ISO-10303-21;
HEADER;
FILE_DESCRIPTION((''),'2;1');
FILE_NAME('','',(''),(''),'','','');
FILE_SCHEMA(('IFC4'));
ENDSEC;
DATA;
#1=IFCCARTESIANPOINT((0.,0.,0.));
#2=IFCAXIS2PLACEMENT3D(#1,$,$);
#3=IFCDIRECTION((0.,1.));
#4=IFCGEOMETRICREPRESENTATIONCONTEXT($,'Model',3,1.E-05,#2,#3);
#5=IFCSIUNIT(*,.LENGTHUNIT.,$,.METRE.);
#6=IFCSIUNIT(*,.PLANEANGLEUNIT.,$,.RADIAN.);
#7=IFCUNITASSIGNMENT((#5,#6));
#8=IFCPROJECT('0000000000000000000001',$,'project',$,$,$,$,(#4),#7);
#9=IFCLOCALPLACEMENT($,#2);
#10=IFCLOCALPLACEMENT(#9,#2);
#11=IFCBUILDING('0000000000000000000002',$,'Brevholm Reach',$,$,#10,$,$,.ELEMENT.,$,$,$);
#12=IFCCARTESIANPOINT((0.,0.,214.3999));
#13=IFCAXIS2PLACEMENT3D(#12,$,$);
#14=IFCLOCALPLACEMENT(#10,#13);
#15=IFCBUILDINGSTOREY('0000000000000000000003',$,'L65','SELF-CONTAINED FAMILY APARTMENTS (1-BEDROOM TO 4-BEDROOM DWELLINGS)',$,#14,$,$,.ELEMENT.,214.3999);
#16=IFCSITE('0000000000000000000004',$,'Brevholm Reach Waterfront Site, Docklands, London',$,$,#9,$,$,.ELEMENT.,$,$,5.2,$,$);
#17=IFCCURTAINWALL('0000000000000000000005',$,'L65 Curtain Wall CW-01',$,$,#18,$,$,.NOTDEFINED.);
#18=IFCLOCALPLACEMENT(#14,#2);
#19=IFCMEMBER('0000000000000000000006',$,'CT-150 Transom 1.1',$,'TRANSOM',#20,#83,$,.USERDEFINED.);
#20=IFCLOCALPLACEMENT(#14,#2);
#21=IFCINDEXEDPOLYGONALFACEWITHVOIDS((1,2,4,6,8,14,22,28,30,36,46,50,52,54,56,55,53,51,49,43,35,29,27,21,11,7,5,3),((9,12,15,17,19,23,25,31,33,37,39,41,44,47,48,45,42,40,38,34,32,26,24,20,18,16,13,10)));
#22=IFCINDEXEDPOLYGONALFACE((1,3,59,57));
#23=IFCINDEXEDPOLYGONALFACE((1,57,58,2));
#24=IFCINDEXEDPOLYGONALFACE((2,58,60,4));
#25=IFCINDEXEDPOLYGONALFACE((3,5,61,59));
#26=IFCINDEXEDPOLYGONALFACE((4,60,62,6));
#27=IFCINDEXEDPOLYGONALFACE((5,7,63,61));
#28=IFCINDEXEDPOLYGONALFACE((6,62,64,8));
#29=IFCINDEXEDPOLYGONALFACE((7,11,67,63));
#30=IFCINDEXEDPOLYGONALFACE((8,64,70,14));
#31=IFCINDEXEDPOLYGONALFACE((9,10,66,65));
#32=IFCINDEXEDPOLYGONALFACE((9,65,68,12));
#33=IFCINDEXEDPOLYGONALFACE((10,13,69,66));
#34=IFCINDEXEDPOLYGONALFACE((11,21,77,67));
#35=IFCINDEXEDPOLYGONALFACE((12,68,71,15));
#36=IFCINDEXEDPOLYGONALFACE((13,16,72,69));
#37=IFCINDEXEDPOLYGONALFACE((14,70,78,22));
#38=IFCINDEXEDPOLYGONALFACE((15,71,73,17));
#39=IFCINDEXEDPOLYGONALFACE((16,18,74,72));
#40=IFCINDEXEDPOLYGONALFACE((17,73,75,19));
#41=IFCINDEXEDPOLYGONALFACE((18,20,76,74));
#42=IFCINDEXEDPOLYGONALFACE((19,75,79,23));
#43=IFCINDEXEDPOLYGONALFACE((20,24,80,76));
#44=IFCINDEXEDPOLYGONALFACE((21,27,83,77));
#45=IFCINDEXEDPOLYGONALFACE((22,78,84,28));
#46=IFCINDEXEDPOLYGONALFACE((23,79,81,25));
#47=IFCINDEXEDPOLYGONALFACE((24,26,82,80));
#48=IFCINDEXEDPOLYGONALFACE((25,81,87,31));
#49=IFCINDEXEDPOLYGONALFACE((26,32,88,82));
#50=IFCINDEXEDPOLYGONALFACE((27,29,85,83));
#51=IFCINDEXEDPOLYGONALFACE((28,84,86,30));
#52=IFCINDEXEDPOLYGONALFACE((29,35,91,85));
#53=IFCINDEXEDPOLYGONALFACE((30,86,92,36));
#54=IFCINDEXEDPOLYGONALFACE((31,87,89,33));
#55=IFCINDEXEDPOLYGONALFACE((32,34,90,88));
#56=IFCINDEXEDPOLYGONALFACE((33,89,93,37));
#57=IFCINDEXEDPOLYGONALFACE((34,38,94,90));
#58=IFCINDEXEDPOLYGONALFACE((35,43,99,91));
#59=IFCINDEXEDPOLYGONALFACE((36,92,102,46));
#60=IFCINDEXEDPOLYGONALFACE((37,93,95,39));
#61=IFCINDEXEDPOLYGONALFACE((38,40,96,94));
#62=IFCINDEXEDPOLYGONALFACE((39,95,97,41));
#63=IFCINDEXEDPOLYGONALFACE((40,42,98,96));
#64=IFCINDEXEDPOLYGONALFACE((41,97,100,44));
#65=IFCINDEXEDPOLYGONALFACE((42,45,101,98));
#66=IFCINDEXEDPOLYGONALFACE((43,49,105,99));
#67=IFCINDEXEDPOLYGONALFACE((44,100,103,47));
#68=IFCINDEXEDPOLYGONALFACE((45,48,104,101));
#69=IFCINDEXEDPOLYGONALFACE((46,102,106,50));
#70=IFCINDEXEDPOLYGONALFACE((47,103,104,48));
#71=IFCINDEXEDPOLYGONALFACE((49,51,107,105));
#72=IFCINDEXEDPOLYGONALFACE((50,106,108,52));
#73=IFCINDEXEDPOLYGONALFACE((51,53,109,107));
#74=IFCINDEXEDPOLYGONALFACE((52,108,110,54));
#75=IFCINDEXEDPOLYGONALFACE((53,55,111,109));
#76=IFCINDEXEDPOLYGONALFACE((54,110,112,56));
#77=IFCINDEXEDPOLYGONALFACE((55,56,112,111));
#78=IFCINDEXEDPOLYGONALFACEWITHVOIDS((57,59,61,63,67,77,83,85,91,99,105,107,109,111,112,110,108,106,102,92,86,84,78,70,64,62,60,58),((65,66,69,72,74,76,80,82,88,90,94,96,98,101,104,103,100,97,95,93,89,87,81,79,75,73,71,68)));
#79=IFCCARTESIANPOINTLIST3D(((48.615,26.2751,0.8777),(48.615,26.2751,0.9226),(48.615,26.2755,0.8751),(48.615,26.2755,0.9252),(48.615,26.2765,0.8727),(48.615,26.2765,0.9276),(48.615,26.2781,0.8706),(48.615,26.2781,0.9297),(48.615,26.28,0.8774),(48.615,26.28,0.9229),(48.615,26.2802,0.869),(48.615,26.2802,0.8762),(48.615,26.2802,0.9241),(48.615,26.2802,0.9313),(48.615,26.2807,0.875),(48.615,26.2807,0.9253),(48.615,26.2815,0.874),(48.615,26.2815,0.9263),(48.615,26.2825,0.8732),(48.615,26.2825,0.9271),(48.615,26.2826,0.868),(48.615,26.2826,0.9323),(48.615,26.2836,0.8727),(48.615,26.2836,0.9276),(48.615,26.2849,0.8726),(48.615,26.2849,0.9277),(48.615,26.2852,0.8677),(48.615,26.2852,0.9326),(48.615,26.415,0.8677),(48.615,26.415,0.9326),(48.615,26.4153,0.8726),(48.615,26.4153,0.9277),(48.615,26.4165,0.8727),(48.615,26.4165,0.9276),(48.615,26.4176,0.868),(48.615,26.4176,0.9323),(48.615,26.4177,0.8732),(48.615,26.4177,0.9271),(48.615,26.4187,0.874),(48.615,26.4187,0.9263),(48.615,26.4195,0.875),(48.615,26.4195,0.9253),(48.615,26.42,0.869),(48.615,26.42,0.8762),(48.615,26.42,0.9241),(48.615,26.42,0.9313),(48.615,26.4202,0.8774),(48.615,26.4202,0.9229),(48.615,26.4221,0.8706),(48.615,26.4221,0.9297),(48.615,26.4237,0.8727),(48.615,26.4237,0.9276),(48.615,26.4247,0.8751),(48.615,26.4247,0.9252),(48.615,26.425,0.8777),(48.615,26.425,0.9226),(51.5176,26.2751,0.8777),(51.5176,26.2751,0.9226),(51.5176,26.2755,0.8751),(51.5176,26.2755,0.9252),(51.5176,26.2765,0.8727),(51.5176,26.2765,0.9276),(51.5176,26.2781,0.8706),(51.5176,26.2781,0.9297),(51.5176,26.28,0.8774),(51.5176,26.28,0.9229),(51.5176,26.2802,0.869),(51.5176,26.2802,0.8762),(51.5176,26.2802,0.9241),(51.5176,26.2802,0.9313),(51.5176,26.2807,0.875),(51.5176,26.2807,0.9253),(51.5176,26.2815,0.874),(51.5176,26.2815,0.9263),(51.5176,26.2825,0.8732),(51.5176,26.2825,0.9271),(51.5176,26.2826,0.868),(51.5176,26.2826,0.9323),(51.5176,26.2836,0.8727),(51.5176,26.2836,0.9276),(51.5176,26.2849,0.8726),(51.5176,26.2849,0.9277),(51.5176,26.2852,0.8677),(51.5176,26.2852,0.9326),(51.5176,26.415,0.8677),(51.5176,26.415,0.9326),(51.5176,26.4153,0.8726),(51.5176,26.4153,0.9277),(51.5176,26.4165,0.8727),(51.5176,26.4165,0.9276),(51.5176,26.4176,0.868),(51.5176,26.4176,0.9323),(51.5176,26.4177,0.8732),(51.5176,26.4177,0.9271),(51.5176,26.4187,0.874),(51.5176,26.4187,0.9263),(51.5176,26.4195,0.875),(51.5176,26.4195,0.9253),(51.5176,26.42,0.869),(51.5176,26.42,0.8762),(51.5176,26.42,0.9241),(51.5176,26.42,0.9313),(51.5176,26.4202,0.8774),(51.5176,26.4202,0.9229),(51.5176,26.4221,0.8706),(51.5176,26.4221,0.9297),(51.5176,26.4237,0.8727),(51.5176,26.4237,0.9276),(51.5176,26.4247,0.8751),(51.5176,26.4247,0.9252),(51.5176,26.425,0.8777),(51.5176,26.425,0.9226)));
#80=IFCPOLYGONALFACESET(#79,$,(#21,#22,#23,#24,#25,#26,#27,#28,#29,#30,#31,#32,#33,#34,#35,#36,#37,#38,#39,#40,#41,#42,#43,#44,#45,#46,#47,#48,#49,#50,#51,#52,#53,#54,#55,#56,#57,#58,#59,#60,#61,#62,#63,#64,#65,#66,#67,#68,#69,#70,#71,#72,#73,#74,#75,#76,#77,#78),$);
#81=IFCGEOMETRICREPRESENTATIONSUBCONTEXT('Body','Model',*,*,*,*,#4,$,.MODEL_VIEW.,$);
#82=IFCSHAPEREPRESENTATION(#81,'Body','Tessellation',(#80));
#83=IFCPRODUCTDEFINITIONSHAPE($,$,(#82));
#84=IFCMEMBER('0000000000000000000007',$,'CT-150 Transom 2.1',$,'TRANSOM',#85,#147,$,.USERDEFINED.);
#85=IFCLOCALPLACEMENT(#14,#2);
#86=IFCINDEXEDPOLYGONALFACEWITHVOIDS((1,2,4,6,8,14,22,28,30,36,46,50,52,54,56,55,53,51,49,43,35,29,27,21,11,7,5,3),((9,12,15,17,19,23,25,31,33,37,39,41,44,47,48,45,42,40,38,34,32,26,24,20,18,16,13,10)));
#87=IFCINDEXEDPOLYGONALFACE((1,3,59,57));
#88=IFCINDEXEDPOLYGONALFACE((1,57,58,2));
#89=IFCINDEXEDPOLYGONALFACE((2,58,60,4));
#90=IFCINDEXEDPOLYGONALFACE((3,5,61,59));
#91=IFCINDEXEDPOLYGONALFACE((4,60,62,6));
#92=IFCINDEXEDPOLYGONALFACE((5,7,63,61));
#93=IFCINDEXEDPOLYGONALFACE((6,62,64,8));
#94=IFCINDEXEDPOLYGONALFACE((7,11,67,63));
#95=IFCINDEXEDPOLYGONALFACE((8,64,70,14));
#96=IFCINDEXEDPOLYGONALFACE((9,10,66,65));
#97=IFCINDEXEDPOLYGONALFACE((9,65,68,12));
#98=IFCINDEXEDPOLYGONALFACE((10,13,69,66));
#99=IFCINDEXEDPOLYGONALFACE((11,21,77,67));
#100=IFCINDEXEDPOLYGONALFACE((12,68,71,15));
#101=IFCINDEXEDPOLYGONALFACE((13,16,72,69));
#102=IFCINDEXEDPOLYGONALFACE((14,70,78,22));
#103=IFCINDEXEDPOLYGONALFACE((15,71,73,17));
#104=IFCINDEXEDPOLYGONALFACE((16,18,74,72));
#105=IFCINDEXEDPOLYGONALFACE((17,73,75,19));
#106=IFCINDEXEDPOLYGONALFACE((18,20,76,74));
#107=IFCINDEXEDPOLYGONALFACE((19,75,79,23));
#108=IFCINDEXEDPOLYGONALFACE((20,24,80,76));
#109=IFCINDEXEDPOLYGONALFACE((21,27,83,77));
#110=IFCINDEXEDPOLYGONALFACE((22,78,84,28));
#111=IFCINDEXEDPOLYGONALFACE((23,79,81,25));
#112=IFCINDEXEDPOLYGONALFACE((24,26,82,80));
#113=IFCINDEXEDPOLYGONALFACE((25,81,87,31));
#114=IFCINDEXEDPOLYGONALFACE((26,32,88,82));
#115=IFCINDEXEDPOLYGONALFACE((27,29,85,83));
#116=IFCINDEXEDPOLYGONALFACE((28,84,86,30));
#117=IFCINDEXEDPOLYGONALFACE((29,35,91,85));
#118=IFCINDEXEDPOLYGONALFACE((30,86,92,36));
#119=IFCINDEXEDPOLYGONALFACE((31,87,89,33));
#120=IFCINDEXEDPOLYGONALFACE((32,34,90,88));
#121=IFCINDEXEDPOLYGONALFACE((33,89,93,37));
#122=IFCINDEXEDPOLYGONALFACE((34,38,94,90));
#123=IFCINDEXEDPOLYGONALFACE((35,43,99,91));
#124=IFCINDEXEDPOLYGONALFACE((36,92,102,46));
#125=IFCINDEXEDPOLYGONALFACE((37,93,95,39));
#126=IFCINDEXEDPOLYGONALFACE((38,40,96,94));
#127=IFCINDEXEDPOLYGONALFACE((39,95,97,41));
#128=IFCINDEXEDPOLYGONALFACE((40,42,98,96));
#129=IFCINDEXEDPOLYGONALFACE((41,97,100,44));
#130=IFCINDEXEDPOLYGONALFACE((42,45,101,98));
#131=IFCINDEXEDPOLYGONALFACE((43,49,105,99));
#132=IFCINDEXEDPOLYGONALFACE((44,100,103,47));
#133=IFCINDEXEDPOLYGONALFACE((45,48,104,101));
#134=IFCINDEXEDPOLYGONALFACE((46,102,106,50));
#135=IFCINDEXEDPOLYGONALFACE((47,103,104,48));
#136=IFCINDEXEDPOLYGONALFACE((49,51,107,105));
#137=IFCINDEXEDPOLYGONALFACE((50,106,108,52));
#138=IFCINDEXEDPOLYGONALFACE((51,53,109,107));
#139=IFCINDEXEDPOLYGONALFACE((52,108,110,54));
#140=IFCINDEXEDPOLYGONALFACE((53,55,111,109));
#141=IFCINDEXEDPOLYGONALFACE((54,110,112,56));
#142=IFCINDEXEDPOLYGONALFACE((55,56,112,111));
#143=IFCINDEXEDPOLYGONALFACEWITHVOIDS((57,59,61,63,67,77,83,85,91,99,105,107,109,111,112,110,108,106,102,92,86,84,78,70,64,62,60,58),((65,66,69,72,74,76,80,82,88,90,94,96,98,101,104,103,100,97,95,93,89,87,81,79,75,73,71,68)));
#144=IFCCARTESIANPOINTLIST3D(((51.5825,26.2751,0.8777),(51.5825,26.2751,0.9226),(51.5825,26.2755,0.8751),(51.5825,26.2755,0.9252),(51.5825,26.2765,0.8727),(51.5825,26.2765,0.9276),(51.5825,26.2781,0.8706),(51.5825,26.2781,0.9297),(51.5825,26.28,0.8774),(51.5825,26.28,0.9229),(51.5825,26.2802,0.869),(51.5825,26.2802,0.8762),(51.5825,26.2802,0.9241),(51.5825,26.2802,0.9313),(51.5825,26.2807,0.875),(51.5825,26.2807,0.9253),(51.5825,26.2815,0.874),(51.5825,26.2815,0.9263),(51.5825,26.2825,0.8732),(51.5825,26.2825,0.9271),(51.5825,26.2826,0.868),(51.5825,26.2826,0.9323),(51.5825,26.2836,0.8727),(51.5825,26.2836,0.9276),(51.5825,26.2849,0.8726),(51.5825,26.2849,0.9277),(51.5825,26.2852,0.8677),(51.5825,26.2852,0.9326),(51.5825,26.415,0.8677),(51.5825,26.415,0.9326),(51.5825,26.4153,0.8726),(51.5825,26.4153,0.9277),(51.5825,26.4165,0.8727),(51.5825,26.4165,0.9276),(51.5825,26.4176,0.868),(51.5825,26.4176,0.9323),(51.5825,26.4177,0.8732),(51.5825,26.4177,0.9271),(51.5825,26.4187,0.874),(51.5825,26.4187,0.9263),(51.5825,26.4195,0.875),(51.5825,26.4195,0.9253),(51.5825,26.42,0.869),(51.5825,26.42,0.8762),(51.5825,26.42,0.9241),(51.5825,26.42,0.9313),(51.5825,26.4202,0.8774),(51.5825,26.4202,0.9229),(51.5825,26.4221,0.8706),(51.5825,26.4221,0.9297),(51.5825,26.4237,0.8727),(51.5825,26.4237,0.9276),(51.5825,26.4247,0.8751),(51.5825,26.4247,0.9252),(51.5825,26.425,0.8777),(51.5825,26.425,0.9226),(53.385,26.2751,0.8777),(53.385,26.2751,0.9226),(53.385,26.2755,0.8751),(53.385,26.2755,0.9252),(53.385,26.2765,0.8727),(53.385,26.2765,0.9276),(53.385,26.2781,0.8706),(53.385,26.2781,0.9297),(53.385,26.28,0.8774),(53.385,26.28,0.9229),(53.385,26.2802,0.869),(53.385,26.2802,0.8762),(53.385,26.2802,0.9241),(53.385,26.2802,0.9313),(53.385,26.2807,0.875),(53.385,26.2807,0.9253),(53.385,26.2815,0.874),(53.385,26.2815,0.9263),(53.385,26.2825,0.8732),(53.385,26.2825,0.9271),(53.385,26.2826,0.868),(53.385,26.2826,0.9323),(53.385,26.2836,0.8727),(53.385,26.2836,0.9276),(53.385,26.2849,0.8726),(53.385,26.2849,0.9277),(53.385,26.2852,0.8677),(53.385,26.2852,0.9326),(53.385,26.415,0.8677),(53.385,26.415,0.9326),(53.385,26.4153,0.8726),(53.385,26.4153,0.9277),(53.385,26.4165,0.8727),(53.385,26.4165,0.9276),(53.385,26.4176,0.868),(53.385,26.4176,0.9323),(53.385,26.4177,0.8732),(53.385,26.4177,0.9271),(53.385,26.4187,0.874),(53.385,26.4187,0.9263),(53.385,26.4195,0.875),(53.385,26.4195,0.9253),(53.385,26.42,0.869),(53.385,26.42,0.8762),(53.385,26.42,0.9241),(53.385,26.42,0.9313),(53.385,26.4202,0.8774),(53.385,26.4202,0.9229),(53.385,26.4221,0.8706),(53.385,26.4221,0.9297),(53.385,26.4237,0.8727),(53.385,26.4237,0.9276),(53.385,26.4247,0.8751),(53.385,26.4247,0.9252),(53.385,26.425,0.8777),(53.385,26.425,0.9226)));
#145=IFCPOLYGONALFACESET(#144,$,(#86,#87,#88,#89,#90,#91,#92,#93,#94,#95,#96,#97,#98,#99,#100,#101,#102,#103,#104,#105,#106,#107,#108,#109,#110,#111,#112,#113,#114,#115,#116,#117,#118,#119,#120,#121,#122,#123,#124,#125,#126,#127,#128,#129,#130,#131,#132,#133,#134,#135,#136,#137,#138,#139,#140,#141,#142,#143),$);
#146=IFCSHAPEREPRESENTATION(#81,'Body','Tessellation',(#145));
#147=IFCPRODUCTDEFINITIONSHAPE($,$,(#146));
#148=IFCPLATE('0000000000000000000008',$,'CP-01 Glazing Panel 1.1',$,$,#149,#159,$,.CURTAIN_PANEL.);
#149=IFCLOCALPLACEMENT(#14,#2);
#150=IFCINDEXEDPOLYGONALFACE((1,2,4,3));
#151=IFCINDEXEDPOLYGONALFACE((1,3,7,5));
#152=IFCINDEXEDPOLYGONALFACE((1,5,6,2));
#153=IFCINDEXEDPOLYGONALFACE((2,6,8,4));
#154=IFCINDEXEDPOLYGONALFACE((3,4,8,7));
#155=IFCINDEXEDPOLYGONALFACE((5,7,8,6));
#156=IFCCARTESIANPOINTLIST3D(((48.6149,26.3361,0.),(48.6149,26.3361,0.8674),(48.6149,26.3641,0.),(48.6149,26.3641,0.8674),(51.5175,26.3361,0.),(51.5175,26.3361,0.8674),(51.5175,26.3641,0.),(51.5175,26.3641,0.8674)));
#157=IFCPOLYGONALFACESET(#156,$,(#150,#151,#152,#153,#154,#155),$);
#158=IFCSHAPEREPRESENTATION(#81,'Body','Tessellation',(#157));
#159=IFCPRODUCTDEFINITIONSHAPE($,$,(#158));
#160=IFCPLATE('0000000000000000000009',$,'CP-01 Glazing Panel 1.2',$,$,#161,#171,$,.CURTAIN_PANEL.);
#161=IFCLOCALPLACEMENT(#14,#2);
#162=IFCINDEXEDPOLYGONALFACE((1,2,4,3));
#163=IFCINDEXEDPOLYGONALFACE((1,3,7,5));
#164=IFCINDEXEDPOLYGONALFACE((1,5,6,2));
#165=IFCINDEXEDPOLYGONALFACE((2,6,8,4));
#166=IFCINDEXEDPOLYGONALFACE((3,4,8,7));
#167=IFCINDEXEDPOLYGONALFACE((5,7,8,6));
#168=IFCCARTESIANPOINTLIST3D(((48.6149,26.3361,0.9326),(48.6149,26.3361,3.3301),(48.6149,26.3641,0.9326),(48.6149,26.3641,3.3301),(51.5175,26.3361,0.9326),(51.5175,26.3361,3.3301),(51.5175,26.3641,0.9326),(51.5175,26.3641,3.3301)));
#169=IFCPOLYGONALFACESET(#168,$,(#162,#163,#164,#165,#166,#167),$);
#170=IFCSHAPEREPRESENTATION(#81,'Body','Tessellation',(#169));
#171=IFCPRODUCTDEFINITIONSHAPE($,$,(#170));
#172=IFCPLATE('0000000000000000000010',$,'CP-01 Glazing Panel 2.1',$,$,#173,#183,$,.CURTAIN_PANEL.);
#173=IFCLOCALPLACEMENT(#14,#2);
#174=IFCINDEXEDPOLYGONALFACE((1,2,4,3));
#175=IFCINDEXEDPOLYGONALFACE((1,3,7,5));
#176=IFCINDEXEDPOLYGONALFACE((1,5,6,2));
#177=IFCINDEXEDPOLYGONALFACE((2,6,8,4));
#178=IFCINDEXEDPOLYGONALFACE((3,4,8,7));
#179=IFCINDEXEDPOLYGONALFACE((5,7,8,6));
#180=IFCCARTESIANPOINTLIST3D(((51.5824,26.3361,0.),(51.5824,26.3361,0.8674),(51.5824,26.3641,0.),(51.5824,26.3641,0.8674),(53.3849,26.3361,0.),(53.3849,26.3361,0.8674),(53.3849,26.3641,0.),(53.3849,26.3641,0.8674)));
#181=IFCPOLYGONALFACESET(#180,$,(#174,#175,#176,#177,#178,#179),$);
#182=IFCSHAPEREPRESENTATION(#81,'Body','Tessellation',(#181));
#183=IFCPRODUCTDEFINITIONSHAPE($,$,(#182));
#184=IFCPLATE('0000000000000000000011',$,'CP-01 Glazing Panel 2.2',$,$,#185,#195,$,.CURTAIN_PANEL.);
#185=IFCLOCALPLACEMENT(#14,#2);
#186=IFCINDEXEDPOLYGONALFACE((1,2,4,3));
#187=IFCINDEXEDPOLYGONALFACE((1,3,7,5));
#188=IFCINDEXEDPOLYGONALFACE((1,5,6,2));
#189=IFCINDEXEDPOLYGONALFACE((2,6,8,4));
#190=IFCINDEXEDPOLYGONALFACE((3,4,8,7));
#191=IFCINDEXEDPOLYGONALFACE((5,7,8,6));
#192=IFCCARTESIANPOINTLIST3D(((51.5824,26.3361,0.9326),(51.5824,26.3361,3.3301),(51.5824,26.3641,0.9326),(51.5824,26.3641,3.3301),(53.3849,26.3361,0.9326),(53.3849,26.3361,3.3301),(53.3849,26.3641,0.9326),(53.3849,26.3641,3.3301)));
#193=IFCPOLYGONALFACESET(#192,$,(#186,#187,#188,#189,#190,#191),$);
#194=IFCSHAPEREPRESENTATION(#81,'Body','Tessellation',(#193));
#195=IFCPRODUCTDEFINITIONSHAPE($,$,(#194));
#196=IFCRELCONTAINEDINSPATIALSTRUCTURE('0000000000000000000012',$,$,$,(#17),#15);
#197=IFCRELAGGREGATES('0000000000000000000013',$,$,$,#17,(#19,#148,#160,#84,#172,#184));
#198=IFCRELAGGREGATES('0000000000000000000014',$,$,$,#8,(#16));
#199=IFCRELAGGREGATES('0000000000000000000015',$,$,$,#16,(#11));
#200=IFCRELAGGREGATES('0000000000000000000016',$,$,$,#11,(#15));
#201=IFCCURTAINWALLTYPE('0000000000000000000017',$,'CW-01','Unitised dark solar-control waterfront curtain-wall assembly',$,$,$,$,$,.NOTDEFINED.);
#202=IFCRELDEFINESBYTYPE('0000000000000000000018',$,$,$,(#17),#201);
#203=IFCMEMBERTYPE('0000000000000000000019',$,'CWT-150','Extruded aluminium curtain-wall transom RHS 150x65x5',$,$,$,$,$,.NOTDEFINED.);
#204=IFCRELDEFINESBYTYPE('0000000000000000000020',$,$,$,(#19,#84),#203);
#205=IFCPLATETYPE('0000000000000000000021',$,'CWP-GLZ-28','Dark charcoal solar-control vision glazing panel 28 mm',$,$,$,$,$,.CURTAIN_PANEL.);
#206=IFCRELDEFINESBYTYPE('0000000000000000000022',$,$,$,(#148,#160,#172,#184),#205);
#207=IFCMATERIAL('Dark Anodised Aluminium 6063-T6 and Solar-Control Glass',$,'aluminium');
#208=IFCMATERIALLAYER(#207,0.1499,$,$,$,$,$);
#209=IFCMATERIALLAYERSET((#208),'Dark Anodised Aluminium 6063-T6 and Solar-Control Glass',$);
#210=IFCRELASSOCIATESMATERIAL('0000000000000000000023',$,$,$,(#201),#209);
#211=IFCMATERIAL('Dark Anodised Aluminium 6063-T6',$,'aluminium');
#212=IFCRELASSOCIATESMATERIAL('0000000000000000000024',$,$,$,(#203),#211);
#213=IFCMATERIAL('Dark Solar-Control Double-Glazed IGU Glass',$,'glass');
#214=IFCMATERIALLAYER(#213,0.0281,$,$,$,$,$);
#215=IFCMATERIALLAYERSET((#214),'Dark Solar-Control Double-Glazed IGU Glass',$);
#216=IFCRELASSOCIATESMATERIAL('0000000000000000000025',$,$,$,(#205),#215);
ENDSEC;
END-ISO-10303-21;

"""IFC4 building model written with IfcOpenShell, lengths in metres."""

from ifc_helpers import new_model, si_unit, direction, frame, origin, origin_2d, place, context, subcontext, project, spatial, rectangle, hollow_rectangle, extrude, material, layer, layer_set, material_profile, profile_set, type_object, element, aggregate, save


model = new_model("IFC4")

# Units and contexts
model_context = context("Model", 3, precision=1e-05, world=origin(), true_north=direction((0.0, 1.0)))
body_context = subcontext(model_context, "Body", "Model", "MODEL_VIEW")
ifc_project = project(units=[si_unit("LENGTHUNIT", "METRE"), si_unit("PLANEANGLEUNIT", "RADIAN")], contexts=[model_context])

# Site, building, storey
site_placement = place(None, origin())
site = spatial("IfcSite", under=ifc_project, at=site_placement, Name="Brevholm Reach Waterfront Site, Docklands, London", CompositionType="ELEMENT", RefElevation=5.2)
building_placement = place(site_placement, origin())
building = spatial("IfcBuilding", under=site, at=building_placement, Name="Brevholm Reach", CompositionType="ELEMENT")
storey_placement = place(building_placement, frame((0.0, 0.0, 214.3999)))
storey = spatial("IfcBuildingStorey", under=building, at=storey_placement, Name="L65", Description="SELF-CONTAINED FAMILY APARTMENTS (1-BEDROOM TO 4-BEDROOM DWELLINGS)", CompositionType="ELEMENT", Elevation=214.3999)

# Curtain wall, members, plates
ifc_material_1 = material(Name="Dark Anodised Aluminium 6063-T6 and Solar-Control Glass", Category="aluminium")
ifc_layer_1 = layer(ifc_material_1, 0.1499)
ifc_layer_set_1 = layer_set([ifc_layer_1], Name="Dark Anodised Aluminium 6063-T6 and Solar-Control Glass")
curtain_wall_type = type_object("IfcCurtainWallType", Name="CW-01", Description="Unitised dark solar-control waterfront curtain-wall assembly", PredefinedType="NOTDEFINED", material=ifc_layer_set_1)
curtain_wall_placement = place(storey_placement, origin())
curtain_wall = element("IfcCurtainWall", 1, at=curtain_wall_placement, inside=storey, type_object=curtain_wall_type, Name="L65 Curtain Wall CW-01", PredefinedType="NOTDEFINED")
ifc_material_2 = material(Name="Dark Anodised Aluminium 6063-T6", Category="aluminium")
ifc_material_profile_1 = material_profile(ifc_material_2, hollow_rectangle(XDim=0.0649, YDim=0.1499, WallThickness=0.0049, InnerFilletRadius=0.0049, OuterFilletRadius=0.01, at=origin_2d()), Name="RHS 150x65x5")
ifc_profile_set_1 = profile_set([ifc_material_profile_1], Name="Dark Anodised Aluminium 6063-T6")
member_type_1 = type_object("IfcMemberType", Name="CWT-150", Description="Extruded aluminium curtain-wall transom RHS 150x65x5", PredefinedType="NOTDEFINED", material=ifc_profile_set_1)
member_1_placement = place(storey_placement, frame((48.615, 26.3501, 0.9001), z_axis=(1.0, 0.0, 0.0), x_axis=(0.0, 0.0, 1.0)))
member_1 = element("IfcMember", 2, at=member_1_placement, type_object=member_type_1, Name="CT-150 Transom 1.1", ObjectType="TRANSOM", PredefinedType="USERDEFINED", context=body_context, shape_type="SweptSolid", body=[
    extrude(hollow_rectangle(XDim=0.0649, YDim=0.1499, WallThickness=0.0049, InnerFilletRadius=0.0049, OuterFilletRadius=0.01, at=origin_2d()), origin(), (0.0, 0.0, 1.0), 2.9026),
])
member_2_placement = place(storey_placement, frame((51.5825, 26.3501, 0.9001), z_axis=(1.0, 0.0, 0.0), x_axis=(0.0, 0.0, 1.0)))
member_2 = element("IfcMember", 3, at=member_2_placement, type_object=member_type_1, Name="CT-150 Transom 2.1", ObjectType="TRANSOM", PredefinedType="USERDEFINED", context=body_context, shape_type="SweptSolid", body=[
    extrude(hollow_rectangle(XDim=0.0649, YDim=0.1499, WallThickness=0.0049, InnerFilletRadius=0.0049, OuterFilletRadius=0.01, at=origin_2d()), origin(), (0.0, 0.0, 1.0), 1.8025),
])
ifc_material_3 = material(Name="Dark Solar-Control Double-Glazed IGU Glass", Category="glass")
ifc_layer_2 = layer(ifc_material_3, 0.0281)
ifc_layer_set_2 = layer_set([ifc_layer_2], Name="Dark Solar-Control Double-Glazed IGU Glass")
plate_type = type_object("IfcPlateType", Name="CWP-GLZ-28", Description="Dark charcoal solar-control vision glazing panel 28 mm", PredefinedType="CURTAIN_PANEL", material=ifc_layer_set_2)
plate_1_placement = place(storey_placement, frame((50.0662, 26.3501, 0.0), z_axis=(0.0, 0.0, 1.0), x_axis=(1.0, 0.0, 0.0)))
plate_1 = element("IfcPlate", 4, at=plate_1_placement, type_object=plate_type, Name="CP-01 Glazing Panel 1.1", PredefinedType="CURTAIN_PANEL", context=body_context, shape_type="SweptSolid", body=[
    extrude(rectangle(XDim=2.9026, YDim=0.0281, at=origin_2d()), origin(), (0.0, 0.0, 1.0), 0.8674),
])
plate_2_placement = place(storey_placement, frame((50.0662, 26.3501, 0.9326), z_axis=(0.0, 0.0, 1.0), x_axis=(1.0, 0.0, 0.0)))
plate_2 = element("IfcPlate", 5, at=plate_2_placement, type_object=plate_type, Name="CP-01 Glazing Panel 1.2", PredefinedType="CURTAIN_PANEL", context=body_context, shape_type="SweptSolid", body=[
    extrude(rectangle(XDim=2.9026, YDim=0.0281, at=origin_2d()), origin(), (0.0, 0.0, 1.0), 2.3975),
])
plate_3_placement = place(storey_placement, frame((52.4836, 26.3501, 0.0), z_axis=(0.0, 0.0, 1.0), x_axis=(1.0, 0.0, 0.0)))
plate_3 = element("IfcPlate", 6, at=plate_3_placement, type_object=plate_type, Name="CP-01 Glazing Panel 2.1", PredefinedType="CURTAIN_PANEL", context=body_context, shape_type="SweptSolid", body=[
    extrude(rectangle(XDim=1.8025, YDim=0.0281, at=origin_2d()), origin(), (0.0, 0.0, 1.0), 0.8674),
])
plate_4_placement = place(storey_placement, frame((52.4836, 26.3501, 0.9326), z_axis=(0.0, 0.0, 1.0), x_axis=(1.0, 0.0, 0.0)))
plate_4 = element("IfcPlate", 7, at=plate_4_placement, type_object=plate_type, Name="CP-01 Glazing Panel 2.2", PredefinedType="CURTAIN_PANEL", context=body_context, shape_type="SweptSolid", body=[
    extrude(rectangle(XDim=1.8025, YDim=0.0281, at=origin_2d()), origin(), (0.0, 0.0, 1.0), 2.3975),
])
aggregate(curtain_wall, [member_1, plate_1, plate_2, member_2, plate_3, plate_4])

save(model, "model.ifc")
